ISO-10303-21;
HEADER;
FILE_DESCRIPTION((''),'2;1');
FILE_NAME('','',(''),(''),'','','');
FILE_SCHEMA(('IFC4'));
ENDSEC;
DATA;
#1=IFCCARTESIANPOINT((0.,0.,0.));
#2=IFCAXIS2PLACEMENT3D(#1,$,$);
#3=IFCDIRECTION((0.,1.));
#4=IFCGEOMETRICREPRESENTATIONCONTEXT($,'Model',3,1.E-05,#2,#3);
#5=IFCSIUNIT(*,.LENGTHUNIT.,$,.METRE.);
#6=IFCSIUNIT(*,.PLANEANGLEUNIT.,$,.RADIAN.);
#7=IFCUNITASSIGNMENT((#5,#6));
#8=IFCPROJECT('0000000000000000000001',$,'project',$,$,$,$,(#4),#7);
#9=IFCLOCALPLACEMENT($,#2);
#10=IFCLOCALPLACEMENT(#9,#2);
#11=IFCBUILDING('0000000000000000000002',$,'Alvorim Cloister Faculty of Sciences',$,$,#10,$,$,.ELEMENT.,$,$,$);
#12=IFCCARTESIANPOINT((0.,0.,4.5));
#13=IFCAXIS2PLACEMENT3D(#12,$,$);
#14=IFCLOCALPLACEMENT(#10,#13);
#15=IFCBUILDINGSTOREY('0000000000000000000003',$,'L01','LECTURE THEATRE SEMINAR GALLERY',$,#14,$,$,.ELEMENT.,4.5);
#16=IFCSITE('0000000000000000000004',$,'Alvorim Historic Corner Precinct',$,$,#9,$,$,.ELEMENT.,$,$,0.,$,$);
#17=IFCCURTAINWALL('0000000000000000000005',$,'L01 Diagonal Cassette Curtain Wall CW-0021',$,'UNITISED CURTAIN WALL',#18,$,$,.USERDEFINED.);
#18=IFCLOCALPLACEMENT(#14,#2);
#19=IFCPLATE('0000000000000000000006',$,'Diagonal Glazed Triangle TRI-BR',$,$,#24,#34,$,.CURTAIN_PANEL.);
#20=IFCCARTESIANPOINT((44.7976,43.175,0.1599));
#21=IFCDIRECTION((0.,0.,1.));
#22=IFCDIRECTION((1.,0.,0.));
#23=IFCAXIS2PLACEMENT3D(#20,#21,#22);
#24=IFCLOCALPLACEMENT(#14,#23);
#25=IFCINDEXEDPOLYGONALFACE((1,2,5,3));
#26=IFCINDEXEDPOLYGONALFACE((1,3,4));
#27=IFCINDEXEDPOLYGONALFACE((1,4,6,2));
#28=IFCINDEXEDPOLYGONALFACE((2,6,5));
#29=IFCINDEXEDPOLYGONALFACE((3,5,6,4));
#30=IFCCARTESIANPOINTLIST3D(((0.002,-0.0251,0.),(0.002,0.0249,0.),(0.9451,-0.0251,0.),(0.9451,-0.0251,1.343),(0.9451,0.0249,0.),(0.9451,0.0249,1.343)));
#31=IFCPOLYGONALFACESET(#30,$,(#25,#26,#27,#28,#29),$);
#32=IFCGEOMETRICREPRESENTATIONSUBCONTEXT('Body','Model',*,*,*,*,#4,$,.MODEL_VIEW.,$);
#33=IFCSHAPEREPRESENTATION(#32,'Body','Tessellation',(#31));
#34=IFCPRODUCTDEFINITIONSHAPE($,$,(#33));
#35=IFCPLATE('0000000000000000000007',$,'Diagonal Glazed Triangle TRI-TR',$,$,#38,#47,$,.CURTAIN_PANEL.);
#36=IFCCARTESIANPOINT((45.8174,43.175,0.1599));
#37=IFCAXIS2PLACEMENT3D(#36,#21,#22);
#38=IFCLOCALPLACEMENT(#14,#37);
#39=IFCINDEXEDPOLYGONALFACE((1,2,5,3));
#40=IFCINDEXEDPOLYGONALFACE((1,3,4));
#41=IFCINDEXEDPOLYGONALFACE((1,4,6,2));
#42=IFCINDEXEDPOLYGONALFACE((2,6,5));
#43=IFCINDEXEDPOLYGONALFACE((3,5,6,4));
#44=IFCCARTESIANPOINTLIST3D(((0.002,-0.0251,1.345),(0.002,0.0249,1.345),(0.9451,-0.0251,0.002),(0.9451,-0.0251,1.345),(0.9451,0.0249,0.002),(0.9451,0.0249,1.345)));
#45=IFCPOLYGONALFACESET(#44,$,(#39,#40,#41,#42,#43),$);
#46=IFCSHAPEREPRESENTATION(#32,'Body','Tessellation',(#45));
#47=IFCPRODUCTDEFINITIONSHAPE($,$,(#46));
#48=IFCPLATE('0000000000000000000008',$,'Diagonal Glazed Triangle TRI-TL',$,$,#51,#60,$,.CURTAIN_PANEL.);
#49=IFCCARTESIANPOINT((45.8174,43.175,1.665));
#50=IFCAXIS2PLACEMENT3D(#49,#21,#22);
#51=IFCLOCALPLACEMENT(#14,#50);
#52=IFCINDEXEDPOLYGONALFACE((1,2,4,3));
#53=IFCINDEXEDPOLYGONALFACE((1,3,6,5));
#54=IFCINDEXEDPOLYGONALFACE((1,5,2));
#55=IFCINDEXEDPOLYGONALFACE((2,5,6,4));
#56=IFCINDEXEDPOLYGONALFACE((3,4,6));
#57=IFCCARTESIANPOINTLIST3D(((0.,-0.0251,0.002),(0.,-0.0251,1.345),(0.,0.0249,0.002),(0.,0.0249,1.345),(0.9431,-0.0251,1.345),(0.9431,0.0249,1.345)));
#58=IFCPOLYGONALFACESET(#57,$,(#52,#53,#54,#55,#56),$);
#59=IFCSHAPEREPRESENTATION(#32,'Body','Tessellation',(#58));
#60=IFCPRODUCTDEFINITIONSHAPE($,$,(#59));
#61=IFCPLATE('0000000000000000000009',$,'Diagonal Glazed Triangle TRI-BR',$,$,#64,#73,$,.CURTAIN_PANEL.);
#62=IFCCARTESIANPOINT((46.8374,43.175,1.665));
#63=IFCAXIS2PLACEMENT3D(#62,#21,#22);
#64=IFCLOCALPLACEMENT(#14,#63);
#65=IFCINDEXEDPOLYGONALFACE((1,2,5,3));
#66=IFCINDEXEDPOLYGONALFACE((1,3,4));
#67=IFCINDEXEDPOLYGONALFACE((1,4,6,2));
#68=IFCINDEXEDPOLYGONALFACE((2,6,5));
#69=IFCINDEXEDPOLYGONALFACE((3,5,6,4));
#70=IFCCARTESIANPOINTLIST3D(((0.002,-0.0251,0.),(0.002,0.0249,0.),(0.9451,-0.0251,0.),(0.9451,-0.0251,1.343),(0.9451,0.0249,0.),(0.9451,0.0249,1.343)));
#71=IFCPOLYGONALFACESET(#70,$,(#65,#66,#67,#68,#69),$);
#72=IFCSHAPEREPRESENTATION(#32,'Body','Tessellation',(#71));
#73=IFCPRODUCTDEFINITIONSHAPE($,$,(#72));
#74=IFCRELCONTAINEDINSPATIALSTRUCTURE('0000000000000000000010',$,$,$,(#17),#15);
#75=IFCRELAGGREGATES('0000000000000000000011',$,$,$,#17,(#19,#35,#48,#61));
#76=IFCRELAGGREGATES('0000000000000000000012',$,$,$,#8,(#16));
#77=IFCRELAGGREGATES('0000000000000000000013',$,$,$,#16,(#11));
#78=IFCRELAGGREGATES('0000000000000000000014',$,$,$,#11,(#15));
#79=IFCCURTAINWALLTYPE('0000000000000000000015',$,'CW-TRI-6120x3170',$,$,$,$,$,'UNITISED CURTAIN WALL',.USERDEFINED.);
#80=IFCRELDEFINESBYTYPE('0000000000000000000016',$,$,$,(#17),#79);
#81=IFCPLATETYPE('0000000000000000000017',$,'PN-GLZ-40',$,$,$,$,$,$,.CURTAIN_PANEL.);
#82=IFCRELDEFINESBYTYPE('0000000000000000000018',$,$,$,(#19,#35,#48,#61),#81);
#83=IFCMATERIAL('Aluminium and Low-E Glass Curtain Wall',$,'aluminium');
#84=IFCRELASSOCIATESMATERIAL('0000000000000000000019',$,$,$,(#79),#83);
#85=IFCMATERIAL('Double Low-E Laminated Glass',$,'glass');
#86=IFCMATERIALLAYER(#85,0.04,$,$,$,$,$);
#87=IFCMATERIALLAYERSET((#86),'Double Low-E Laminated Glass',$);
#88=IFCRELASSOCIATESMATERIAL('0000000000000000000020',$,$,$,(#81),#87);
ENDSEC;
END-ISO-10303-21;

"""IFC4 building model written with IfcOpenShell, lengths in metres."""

from ifc_helpers import new_model, si_unit, direction, frame, origin, place, context, subcontext, project, spatial, polyline, outline, extrude, material, layer, layer_set, type_object, element, aggregate, save


model = new_model("IFC4")

# Units and contexts
model_context = context("Model", 3, precision=1e-05, world=origin(), true_north=direction((0.0, 1.0)))
body_context = subcontext(model_context, "Body", "Model", "MODEL_VIEW")
ifc_project = project(units=[si_unit("LENGTHUNIT", "METRE"), si_unit("PLANEANGLEUNIT", "RADIAN")], contexts=[model_context])

# Site, building, storey
site_placement = place(None, origin())
site = spatial("IfcSite", under=ifc_project, at=site_placement, Name="Alvorim Historic Corner Precinct", CompositionType="ELEMENT", RefElevation=0.0)
building_placement = place(site_placement, origin())
building = spatial("IfcBuilding", under=site, at=building_placement, Name="Alvorim Cloister Faculty of Sciences", CompositionType="ELEMENT")
storey_placement = place(building_placement, frame((0.0, 0.0, 4.5)))
storey = spatial("IfcBuildingStorey", under=building, at=storey_placement, Name="L01", Description="LECTURE THEATRE SEMINAR GALLERY", CompositionType="ELEMENT", Elevation=4.5)

# Curtain wall, plates
ifc_material_1 = material(Name="Aluminium and Low-E Glass Curtain Wall", Category="aluminium")
curtain_wall_type = type_object("IfcCurtainWallType", Name="CW-TRI-6120x3170", ElementType="UNITISED CURTAIN WALL", PredefinedType="USERDEFINED", material=ifc_material_1)
curtain_wall_placement = place(storey_placement, origin())
curtain_wall = element("IfcCurtainWall", 1, at=curtain_wall_placement, inside=storey, type_object=curtain_wall_type, Name="L01 Diagonal Cassette Curtain Wall CW-0021", ObjectType="UNITISED CURTAIN WALL", PredefinedType="USERDEFINED")
ifc_material_2 = material(Name="Double Low-E Laminated Glass", Category="glass")
ifc_layer = layer(ifc_material_2, 0.04)
ifc_layer_set = layer_set([ifc_layer], Name="Double Low-E Laminated Glass")
plate_type = type_object("IfcPlateType", Name="PN-GLZ-40", PredefinedType="CURTAIN_PANEL", material=ifc_layer_set)
plate_1_placement = place(storey_placement, frame((44.7976, 43.175, 0.1599), z_axis=(0.0, 0.0, 1.0), x_axis=(1.0, 0.0, 0.0)))
plate_1 = element("IfcPlate", 2, at=plate_1_placement, type_object=plate_type, Name="Diagonal Glazed Triangle TRI-BR", PredefinedType="CURTAIN_PANEL", context=body_context, shape_type="SweptSolid", body=[
    extrude(outline(polyline([(0.002, 0.0), (0.9451, 0.0), (0.9451, 1.343), (0.002, 0.0)])), frame((0.0, 0.0249, 0.0), z_axis=(0.0, -1.0, 0.0), x_axis=(1.0, 0.0, 0.0)), (0.0, 0.0, 1.0), 0.05),
])
plate_2_placement = place(storey_placement, frame((45.8174, 43.175, 0.1599), z_axis=(0.0, 0.0, 1.0), x_axis=(1.0, 0.0, 0.0)))
plate_2 = element("IfcPlate", 3, at=plate_2_placement, type_object=plate_type, Name="Diagonal Glazed Triangle TRI-TR", PredefinedType="CURTAIN_PANEL", context=body_context, shape_type="SweptSolid", body=[
    extrude(outline(polyline([(0.9451, 0.002), (0.9451, 1.345), (0.002, 1.345), (0.9451, 0.002)])), frame((0.0, 0.0249, 0.0), z_axis=(0.0, -1.0, 0.0), x_axis=(1.0, 0.0, 0.0)), (0.0, 0.0, 1.0), 0.05),
])
plate_3_placement = place(storey_placement, frame((45.8174, 43.175, 1.665), z_axis=(0.0, 0.0, 1.0), x_axis=(1.0, 0.0, 0.0)))
plate_3 = element("IfcPlate", 4, at=plate_3_placement, type_object=plate_type, Name="Diagonal Glazed Triangle TRI-TL", PredefinedType="CURTAIN_PANEL", context=body_context, shape_type="SweptSolid", body=[
    extrude(outline(polyline([(0.9431, 1.345), (0.0, 1.345), (0.0, 0.002), (0.9431, 1.345)])), frame((0.0, 0.0249, 0.0), z_axis=(0.0, -1.0, 0.0), x_axis=(1.0, 0.0, 0.0)), (0.0, 0.0, 1.0), 0.05),
])
plate_4_placement = place(storey_placement, frame((46.8374, 43.175, 1.665), z_axis=(0.0, 0.0, 1.0), x_axis=(1.0, 0.0, 0.0)))
plate_4 = element("IfcPlate", 5, at=plate_4_placement, type_object=plate_type, Name="Diagonal Glazed Triangle TRI-BR", PredefinedType="CURTAIN_PANEL", context=body_context, shape_type="SweptSolid", body=[
    extrude(outline(polyline([(0.002, 0.0), (0.9451, 0.0), (0.9451, 1.343), (0.002, 0.0)])), frame((0.0, 0.0249, 0.0), z_axis=(0.0, -1.0, 0.0), x_axis=(1.0, 0.0, 0.0)), (0.0, 0.0, 1.0), 0.05),
])
aggregate(curtain_wall, [plate_1, plate_2, plate_3, plate_4])

save(model, "model.ifc")
